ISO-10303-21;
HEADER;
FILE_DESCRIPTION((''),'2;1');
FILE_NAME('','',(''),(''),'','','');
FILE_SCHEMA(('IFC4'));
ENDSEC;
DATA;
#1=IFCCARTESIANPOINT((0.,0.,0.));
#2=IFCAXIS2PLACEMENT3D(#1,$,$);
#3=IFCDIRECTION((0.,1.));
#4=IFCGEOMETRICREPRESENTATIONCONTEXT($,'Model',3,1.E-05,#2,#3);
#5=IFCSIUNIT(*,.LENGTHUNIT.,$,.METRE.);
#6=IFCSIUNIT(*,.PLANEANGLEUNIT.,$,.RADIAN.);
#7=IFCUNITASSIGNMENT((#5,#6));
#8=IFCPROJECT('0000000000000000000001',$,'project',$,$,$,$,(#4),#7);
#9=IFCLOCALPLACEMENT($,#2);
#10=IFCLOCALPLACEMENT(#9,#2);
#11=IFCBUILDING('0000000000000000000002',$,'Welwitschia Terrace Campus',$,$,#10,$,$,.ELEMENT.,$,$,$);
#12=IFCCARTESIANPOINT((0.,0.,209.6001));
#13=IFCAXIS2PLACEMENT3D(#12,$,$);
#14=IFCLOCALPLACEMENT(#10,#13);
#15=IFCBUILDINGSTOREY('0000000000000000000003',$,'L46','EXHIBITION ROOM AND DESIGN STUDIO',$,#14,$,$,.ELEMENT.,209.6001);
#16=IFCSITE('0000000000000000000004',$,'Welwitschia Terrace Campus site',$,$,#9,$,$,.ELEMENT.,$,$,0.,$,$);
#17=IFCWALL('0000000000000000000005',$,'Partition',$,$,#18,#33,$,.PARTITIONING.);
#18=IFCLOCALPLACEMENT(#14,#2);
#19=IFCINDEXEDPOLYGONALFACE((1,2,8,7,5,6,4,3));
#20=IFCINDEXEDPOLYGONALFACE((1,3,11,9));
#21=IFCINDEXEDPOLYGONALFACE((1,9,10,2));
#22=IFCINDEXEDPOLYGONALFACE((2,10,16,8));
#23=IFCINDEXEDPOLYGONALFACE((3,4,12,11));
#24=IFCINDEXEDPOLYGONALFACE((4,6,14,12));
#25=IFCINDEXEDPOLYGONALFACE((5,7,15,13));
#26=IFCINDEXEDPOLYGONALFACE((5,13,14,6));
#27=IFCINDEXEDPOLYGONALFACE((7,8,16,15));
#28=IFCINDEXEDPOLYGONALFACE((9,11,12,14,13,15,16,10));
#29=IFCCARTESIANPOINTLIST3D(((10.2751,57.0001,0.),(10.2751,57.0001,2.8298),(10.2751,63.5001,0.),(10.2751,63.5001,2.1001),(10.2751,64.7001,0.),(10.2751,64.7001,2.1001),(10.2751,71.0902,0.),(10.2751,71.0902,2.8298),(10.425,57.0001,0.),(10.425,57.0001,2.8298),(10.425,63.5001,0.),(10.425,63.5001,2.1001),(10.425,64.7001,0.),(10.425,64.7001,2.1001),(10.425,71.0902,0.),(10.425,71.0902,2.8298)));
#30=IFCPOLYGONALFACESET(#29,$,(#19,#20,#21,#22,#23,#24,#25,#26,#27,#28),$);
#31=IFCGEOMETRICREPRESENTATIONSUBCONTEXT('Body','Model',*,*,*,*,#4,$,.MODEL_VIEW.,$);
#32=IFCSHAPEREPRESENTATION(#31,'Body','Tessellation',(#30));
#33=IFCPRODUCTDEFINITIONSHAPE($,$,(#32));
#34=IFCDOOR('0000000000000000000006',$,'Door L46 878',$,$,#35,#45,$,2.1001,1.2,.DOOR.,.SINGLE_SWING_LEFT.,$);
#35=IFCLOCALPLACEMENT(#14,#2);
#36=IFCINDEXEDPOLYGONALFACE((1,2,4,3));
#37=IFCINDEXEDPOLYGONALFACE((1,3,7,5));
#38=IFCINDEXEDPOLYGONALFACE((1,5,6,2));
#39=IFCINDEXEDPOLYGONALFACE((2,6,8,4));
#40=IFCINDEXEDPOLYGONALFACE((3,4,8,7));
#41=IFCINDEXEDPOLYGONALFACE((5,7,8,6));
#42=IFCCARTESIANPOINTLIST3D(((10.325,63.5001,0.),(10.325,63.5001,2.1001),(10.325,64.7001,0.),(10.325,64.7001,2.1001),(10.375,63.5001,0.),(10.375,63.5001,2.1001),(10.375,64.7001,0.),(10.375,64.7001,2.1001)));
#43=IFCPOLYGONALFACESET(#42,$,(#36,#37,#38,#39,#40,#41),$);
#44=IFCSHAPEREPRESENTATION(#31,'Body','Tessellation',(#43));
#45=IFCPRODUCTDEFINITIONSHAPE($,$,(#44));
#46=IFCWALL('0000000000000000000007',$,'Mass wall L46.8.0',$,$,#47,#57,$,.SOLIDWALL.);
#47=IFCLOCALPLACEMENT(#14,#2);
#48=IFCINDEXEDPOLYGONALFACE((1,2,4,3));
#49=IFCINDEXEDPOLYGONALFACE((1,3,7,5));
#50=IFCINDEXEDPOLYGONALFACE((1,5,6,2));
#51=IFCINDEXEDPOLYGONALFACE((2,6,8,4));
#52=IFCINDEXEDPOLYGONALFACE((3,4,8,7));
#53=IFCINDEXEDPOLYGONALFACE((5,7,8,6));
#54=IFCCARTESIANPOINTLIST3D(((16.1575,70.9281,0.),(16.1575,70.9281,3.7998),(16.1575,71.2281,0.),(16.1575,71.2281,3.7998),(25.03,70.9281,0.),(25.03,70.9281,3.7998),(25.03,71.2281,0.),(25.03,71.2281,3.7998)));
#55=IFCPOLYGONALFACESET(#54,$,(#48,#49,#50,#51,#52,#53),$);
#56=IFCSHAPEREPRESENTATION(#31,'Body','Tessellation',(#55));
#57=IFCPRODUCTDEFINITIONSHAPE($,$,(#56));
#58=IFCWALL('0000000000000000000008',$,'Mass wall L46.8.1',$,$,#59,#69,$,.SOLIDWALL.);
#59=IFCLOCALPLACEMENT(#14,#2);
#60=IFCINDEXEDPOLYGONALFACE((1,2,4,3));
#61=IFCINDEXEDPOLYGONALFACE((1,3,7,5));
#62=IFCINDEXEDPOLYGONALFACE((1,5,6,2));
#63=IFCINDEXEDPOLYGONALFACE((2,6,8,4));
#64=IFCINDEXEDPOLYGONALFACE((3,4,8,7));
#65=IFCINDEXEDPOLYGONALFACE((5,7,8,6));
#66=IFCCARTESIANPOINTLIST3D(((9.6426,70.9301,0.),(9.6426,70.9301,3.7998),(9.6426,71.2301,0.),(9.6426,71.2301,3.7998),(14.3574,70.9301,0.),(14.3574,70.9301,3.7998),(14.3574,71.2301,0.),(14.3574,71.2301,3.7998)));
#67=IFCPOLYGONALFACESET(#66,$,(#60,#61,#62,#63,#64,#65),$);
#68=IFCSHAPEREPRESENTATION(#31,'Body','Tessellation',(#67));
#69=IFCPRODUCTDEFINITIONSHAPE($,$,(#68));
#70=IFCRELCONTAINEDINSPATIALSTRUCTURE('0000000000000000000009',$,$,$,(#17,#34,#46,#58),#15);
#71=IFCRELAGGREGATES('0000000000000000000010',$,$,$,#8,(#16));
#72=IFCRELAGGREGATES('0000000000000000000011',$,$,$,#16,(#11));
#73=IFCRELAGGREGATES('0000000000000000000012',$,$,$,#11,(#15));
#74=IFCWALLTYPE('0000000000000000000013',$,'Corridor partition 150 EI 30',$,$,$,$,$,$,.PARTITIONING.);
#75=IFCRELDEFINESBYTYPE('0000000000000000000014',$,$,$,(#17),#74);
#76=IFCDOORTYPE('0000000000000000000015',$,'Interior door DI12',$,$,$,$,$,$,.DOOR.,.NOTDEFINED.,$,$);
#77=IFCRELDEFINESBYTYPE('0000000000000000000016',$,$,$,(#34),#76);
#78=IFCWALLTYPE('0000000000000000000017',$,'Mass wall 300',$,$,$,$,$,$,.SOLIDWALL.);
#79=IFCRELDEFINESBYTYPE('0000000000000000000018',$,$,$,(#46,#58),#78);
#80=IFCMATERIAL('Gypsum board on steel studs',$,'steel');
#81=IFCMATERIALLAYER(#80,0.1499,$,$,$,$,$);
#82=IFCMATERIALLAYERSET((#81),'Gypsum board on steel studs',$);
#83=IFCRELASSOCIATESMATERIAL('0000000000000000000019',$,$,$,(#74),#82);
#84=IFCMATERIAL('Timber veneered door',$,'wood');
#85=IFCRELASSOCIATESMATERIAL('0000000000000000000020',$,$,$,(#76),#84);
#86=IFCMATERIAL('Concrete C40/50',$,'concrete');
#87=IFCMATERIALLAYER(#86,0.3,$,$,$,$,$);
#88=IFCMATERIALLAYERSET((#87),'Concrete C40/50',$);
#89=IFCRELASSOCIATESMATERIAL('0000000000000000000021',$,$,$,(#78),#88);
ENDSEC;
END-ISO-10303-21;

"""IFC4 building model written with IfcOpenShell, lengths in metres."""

from ifc_helpers import new_model, si_unit, direction, frame, frame_2d, origin, place, context, subcontext, project, spatial, rectangle, extrude, material, layer, layer_set, type_object, element, fill, save


model = new_model("IFC4")

# Units and contexts
model_context = context("Model", 3, precision=1e-05, world=origin(), true_north=direction((0.0, 1.0)))
body_context = subcontext(model_context, "Body", "Model", "MODEL_VIEW")
ifc_project = project(units=[si_unit("LENGTHUNIT", "METRE"), si_unit("PLANEANGLEUNIT", "RADIAN")], contexts=[model_context])

# Site, building, storey
site_placement = place(None, origin())
site = spatial("IfcSite", under=ifc_project, at=site_placement, Name="Welwitschia Terrace Campus site", CompositionType="ELEMENT", RefElevation=0.0)
building_placement = place(site_placement, origin())
building = spatial("IfcBuilding", under=site, at=building_placement, Name="Welwitschia Terrace Campus", CompositionType="ELEMENT")
storey_placement = place(building_placement, frame((0.0, 0.0, 209.6001)))
storey = spatial("IfcBuildingStorey", under=building, at=storey_placement, Name="L46", Description="EXHIBITION ROOM AND DESIGN STUDIO", CompositionType="ELEMENT", Elevation=209.6001)

# Shared definitions
ifc_material_1 = material(Name="Gypsum board on steel studs", Category="steel")
ifc_layer_1 = layer(ifc_material_1, 0.1499)
ifc_layer_set_1 = layer_set([ifc_layer_1], Name="Gypsum board on steel studs")
wall_type_1 = type_object("IfcWallType", Name="Corridor partition 150 EI 30", PredefinedType="PARTITIONING", material=ifc_layer_set_1)

# Wall, opening, door
wall_1_placement = place(storey_placement, frame((10.3501, 71.0901, 0.0), z_axis=(0.0, 0.0, 1.0), x_axis=(0.0, -1.0, 0.0)))
wall_1 = element("IfcWall", 1, at=wall_1_placement, inside=storey, type_object=wall_type_1, Name="Partition", PredefinedType="PARTITIONING", context=body_context, shape_type="SweptSolid", body=[
    extrude(rectangle(XDim=14.0901, YDim=0.1499, at=frame_2d((7.0449, 0.0))), origin(), (0.0, 0.0, 1.0), 2.8298),
])
opening_placement = place(wall_1_placement, frame((6.3899, 0.0, 0.0)))
opening = element("IfcOpeningElement", 2, at=opening_placement, cuts=wall_1, PredefinedType="OPENING", context=body_context, shape_type="SweptSolid", body=[
    extrude(rectangle(XDim=1.2, YDim=2.1001, at=frame_2d((0.6001, 1.05))), frame((0.0, 0.085, 0.0), z_axis=(0.0, -1.0, 0.0), x_axis=(1.0, 0.0, 0.0)), (0.0, 0.0, 1.0), 0.1699),
])
ifc_material_2 = material(Name="Timber veneered door", Category="wood")
door_type = type_object("IfcDoorType", Name="Interior door DI12", OperationType="NOTDEFINED", PredefinedType="DOOR", material=ifc_material_2)
door_placement = place(opening_placement, origin())
door = element("IfcDoor", 3, at=door_placement, inside=storey, type_object=door_type, Name="Door L46 878", OperationType="SINGLE_SWING_LEFT", OverallHeight=2.1001, OverallWidth=1.2, PredefinedType="DOOR", context=body_context, shape_type="SweptSolid", body=[
    extrude(rectangle(XDim=1.2, YDim=2.1001, at=frame_2d((0.6001, 1.05))), frame((0.0, 0.0249, 0.0), z_axis=(0.0, -1.0, 0.0), x_axis=(1.0, 0.0, 0.0)), (0.0, 0.0, 1.0), 0.05),
])
fill(opening, door)

# Walls
ifc_material_3 = material(Name="Concrete C40/50", Category="concrete")
ifc_layer_2 = layer(ifc_material_3, 0.3)
ifc_layer_set_2 = layer_set([ifc_layer_2], Name="Concrete C40/50")
wall_type_2 = type_object("IfcWallType", Name="Mass wall 300", PredefinedType="SOLIDWALL", material=ifc_layer_set_2)
wall_2_placement = place(storey_placement, frame((25.03, 71.0781, 0.0), z_axis=(0.0, 0.0, 1.0), x_axis=(-1.0, 0.0, 0.0)))
element("IfcWall", 4, at=wall_2_placement, inside=storey, type_object=wall_type_2, Name="Mass wall L46.8.0", PredefinedType="SOLIDWALL", context=body_context, shape_type="SweptSolid", body=[
    extrude(rectangle(XDim=8.8726, YDim=0.3, at=frame_2d((4.4363, 0.0))), origin(), (0.0, 0.0, 1.0), 3.7998),
])
wall_3_placement = place(storey_placement, frame((14.3574, 71.0801, 0.0), z_axis=(0.0, 0.0, 1.0), x_axis=(-1.0, 0.0, 0.0)))
element("IfcWall", 5, at=wall_3_placement, inside=storey, type_object=wall_type_2, Name="Mass wall L46.8.1", PredefinedType="SOLIDWALL", context=body_context, shape_type="SweptSolid", body=[
    extrude(rectangle(XDim=4.7148, YDim=0.3, at=frame_2d((2.3574, 0.0))), origin(), (0.0, 0.0, 1.0), 3.7998),
])

save(model, "model.ifc")
